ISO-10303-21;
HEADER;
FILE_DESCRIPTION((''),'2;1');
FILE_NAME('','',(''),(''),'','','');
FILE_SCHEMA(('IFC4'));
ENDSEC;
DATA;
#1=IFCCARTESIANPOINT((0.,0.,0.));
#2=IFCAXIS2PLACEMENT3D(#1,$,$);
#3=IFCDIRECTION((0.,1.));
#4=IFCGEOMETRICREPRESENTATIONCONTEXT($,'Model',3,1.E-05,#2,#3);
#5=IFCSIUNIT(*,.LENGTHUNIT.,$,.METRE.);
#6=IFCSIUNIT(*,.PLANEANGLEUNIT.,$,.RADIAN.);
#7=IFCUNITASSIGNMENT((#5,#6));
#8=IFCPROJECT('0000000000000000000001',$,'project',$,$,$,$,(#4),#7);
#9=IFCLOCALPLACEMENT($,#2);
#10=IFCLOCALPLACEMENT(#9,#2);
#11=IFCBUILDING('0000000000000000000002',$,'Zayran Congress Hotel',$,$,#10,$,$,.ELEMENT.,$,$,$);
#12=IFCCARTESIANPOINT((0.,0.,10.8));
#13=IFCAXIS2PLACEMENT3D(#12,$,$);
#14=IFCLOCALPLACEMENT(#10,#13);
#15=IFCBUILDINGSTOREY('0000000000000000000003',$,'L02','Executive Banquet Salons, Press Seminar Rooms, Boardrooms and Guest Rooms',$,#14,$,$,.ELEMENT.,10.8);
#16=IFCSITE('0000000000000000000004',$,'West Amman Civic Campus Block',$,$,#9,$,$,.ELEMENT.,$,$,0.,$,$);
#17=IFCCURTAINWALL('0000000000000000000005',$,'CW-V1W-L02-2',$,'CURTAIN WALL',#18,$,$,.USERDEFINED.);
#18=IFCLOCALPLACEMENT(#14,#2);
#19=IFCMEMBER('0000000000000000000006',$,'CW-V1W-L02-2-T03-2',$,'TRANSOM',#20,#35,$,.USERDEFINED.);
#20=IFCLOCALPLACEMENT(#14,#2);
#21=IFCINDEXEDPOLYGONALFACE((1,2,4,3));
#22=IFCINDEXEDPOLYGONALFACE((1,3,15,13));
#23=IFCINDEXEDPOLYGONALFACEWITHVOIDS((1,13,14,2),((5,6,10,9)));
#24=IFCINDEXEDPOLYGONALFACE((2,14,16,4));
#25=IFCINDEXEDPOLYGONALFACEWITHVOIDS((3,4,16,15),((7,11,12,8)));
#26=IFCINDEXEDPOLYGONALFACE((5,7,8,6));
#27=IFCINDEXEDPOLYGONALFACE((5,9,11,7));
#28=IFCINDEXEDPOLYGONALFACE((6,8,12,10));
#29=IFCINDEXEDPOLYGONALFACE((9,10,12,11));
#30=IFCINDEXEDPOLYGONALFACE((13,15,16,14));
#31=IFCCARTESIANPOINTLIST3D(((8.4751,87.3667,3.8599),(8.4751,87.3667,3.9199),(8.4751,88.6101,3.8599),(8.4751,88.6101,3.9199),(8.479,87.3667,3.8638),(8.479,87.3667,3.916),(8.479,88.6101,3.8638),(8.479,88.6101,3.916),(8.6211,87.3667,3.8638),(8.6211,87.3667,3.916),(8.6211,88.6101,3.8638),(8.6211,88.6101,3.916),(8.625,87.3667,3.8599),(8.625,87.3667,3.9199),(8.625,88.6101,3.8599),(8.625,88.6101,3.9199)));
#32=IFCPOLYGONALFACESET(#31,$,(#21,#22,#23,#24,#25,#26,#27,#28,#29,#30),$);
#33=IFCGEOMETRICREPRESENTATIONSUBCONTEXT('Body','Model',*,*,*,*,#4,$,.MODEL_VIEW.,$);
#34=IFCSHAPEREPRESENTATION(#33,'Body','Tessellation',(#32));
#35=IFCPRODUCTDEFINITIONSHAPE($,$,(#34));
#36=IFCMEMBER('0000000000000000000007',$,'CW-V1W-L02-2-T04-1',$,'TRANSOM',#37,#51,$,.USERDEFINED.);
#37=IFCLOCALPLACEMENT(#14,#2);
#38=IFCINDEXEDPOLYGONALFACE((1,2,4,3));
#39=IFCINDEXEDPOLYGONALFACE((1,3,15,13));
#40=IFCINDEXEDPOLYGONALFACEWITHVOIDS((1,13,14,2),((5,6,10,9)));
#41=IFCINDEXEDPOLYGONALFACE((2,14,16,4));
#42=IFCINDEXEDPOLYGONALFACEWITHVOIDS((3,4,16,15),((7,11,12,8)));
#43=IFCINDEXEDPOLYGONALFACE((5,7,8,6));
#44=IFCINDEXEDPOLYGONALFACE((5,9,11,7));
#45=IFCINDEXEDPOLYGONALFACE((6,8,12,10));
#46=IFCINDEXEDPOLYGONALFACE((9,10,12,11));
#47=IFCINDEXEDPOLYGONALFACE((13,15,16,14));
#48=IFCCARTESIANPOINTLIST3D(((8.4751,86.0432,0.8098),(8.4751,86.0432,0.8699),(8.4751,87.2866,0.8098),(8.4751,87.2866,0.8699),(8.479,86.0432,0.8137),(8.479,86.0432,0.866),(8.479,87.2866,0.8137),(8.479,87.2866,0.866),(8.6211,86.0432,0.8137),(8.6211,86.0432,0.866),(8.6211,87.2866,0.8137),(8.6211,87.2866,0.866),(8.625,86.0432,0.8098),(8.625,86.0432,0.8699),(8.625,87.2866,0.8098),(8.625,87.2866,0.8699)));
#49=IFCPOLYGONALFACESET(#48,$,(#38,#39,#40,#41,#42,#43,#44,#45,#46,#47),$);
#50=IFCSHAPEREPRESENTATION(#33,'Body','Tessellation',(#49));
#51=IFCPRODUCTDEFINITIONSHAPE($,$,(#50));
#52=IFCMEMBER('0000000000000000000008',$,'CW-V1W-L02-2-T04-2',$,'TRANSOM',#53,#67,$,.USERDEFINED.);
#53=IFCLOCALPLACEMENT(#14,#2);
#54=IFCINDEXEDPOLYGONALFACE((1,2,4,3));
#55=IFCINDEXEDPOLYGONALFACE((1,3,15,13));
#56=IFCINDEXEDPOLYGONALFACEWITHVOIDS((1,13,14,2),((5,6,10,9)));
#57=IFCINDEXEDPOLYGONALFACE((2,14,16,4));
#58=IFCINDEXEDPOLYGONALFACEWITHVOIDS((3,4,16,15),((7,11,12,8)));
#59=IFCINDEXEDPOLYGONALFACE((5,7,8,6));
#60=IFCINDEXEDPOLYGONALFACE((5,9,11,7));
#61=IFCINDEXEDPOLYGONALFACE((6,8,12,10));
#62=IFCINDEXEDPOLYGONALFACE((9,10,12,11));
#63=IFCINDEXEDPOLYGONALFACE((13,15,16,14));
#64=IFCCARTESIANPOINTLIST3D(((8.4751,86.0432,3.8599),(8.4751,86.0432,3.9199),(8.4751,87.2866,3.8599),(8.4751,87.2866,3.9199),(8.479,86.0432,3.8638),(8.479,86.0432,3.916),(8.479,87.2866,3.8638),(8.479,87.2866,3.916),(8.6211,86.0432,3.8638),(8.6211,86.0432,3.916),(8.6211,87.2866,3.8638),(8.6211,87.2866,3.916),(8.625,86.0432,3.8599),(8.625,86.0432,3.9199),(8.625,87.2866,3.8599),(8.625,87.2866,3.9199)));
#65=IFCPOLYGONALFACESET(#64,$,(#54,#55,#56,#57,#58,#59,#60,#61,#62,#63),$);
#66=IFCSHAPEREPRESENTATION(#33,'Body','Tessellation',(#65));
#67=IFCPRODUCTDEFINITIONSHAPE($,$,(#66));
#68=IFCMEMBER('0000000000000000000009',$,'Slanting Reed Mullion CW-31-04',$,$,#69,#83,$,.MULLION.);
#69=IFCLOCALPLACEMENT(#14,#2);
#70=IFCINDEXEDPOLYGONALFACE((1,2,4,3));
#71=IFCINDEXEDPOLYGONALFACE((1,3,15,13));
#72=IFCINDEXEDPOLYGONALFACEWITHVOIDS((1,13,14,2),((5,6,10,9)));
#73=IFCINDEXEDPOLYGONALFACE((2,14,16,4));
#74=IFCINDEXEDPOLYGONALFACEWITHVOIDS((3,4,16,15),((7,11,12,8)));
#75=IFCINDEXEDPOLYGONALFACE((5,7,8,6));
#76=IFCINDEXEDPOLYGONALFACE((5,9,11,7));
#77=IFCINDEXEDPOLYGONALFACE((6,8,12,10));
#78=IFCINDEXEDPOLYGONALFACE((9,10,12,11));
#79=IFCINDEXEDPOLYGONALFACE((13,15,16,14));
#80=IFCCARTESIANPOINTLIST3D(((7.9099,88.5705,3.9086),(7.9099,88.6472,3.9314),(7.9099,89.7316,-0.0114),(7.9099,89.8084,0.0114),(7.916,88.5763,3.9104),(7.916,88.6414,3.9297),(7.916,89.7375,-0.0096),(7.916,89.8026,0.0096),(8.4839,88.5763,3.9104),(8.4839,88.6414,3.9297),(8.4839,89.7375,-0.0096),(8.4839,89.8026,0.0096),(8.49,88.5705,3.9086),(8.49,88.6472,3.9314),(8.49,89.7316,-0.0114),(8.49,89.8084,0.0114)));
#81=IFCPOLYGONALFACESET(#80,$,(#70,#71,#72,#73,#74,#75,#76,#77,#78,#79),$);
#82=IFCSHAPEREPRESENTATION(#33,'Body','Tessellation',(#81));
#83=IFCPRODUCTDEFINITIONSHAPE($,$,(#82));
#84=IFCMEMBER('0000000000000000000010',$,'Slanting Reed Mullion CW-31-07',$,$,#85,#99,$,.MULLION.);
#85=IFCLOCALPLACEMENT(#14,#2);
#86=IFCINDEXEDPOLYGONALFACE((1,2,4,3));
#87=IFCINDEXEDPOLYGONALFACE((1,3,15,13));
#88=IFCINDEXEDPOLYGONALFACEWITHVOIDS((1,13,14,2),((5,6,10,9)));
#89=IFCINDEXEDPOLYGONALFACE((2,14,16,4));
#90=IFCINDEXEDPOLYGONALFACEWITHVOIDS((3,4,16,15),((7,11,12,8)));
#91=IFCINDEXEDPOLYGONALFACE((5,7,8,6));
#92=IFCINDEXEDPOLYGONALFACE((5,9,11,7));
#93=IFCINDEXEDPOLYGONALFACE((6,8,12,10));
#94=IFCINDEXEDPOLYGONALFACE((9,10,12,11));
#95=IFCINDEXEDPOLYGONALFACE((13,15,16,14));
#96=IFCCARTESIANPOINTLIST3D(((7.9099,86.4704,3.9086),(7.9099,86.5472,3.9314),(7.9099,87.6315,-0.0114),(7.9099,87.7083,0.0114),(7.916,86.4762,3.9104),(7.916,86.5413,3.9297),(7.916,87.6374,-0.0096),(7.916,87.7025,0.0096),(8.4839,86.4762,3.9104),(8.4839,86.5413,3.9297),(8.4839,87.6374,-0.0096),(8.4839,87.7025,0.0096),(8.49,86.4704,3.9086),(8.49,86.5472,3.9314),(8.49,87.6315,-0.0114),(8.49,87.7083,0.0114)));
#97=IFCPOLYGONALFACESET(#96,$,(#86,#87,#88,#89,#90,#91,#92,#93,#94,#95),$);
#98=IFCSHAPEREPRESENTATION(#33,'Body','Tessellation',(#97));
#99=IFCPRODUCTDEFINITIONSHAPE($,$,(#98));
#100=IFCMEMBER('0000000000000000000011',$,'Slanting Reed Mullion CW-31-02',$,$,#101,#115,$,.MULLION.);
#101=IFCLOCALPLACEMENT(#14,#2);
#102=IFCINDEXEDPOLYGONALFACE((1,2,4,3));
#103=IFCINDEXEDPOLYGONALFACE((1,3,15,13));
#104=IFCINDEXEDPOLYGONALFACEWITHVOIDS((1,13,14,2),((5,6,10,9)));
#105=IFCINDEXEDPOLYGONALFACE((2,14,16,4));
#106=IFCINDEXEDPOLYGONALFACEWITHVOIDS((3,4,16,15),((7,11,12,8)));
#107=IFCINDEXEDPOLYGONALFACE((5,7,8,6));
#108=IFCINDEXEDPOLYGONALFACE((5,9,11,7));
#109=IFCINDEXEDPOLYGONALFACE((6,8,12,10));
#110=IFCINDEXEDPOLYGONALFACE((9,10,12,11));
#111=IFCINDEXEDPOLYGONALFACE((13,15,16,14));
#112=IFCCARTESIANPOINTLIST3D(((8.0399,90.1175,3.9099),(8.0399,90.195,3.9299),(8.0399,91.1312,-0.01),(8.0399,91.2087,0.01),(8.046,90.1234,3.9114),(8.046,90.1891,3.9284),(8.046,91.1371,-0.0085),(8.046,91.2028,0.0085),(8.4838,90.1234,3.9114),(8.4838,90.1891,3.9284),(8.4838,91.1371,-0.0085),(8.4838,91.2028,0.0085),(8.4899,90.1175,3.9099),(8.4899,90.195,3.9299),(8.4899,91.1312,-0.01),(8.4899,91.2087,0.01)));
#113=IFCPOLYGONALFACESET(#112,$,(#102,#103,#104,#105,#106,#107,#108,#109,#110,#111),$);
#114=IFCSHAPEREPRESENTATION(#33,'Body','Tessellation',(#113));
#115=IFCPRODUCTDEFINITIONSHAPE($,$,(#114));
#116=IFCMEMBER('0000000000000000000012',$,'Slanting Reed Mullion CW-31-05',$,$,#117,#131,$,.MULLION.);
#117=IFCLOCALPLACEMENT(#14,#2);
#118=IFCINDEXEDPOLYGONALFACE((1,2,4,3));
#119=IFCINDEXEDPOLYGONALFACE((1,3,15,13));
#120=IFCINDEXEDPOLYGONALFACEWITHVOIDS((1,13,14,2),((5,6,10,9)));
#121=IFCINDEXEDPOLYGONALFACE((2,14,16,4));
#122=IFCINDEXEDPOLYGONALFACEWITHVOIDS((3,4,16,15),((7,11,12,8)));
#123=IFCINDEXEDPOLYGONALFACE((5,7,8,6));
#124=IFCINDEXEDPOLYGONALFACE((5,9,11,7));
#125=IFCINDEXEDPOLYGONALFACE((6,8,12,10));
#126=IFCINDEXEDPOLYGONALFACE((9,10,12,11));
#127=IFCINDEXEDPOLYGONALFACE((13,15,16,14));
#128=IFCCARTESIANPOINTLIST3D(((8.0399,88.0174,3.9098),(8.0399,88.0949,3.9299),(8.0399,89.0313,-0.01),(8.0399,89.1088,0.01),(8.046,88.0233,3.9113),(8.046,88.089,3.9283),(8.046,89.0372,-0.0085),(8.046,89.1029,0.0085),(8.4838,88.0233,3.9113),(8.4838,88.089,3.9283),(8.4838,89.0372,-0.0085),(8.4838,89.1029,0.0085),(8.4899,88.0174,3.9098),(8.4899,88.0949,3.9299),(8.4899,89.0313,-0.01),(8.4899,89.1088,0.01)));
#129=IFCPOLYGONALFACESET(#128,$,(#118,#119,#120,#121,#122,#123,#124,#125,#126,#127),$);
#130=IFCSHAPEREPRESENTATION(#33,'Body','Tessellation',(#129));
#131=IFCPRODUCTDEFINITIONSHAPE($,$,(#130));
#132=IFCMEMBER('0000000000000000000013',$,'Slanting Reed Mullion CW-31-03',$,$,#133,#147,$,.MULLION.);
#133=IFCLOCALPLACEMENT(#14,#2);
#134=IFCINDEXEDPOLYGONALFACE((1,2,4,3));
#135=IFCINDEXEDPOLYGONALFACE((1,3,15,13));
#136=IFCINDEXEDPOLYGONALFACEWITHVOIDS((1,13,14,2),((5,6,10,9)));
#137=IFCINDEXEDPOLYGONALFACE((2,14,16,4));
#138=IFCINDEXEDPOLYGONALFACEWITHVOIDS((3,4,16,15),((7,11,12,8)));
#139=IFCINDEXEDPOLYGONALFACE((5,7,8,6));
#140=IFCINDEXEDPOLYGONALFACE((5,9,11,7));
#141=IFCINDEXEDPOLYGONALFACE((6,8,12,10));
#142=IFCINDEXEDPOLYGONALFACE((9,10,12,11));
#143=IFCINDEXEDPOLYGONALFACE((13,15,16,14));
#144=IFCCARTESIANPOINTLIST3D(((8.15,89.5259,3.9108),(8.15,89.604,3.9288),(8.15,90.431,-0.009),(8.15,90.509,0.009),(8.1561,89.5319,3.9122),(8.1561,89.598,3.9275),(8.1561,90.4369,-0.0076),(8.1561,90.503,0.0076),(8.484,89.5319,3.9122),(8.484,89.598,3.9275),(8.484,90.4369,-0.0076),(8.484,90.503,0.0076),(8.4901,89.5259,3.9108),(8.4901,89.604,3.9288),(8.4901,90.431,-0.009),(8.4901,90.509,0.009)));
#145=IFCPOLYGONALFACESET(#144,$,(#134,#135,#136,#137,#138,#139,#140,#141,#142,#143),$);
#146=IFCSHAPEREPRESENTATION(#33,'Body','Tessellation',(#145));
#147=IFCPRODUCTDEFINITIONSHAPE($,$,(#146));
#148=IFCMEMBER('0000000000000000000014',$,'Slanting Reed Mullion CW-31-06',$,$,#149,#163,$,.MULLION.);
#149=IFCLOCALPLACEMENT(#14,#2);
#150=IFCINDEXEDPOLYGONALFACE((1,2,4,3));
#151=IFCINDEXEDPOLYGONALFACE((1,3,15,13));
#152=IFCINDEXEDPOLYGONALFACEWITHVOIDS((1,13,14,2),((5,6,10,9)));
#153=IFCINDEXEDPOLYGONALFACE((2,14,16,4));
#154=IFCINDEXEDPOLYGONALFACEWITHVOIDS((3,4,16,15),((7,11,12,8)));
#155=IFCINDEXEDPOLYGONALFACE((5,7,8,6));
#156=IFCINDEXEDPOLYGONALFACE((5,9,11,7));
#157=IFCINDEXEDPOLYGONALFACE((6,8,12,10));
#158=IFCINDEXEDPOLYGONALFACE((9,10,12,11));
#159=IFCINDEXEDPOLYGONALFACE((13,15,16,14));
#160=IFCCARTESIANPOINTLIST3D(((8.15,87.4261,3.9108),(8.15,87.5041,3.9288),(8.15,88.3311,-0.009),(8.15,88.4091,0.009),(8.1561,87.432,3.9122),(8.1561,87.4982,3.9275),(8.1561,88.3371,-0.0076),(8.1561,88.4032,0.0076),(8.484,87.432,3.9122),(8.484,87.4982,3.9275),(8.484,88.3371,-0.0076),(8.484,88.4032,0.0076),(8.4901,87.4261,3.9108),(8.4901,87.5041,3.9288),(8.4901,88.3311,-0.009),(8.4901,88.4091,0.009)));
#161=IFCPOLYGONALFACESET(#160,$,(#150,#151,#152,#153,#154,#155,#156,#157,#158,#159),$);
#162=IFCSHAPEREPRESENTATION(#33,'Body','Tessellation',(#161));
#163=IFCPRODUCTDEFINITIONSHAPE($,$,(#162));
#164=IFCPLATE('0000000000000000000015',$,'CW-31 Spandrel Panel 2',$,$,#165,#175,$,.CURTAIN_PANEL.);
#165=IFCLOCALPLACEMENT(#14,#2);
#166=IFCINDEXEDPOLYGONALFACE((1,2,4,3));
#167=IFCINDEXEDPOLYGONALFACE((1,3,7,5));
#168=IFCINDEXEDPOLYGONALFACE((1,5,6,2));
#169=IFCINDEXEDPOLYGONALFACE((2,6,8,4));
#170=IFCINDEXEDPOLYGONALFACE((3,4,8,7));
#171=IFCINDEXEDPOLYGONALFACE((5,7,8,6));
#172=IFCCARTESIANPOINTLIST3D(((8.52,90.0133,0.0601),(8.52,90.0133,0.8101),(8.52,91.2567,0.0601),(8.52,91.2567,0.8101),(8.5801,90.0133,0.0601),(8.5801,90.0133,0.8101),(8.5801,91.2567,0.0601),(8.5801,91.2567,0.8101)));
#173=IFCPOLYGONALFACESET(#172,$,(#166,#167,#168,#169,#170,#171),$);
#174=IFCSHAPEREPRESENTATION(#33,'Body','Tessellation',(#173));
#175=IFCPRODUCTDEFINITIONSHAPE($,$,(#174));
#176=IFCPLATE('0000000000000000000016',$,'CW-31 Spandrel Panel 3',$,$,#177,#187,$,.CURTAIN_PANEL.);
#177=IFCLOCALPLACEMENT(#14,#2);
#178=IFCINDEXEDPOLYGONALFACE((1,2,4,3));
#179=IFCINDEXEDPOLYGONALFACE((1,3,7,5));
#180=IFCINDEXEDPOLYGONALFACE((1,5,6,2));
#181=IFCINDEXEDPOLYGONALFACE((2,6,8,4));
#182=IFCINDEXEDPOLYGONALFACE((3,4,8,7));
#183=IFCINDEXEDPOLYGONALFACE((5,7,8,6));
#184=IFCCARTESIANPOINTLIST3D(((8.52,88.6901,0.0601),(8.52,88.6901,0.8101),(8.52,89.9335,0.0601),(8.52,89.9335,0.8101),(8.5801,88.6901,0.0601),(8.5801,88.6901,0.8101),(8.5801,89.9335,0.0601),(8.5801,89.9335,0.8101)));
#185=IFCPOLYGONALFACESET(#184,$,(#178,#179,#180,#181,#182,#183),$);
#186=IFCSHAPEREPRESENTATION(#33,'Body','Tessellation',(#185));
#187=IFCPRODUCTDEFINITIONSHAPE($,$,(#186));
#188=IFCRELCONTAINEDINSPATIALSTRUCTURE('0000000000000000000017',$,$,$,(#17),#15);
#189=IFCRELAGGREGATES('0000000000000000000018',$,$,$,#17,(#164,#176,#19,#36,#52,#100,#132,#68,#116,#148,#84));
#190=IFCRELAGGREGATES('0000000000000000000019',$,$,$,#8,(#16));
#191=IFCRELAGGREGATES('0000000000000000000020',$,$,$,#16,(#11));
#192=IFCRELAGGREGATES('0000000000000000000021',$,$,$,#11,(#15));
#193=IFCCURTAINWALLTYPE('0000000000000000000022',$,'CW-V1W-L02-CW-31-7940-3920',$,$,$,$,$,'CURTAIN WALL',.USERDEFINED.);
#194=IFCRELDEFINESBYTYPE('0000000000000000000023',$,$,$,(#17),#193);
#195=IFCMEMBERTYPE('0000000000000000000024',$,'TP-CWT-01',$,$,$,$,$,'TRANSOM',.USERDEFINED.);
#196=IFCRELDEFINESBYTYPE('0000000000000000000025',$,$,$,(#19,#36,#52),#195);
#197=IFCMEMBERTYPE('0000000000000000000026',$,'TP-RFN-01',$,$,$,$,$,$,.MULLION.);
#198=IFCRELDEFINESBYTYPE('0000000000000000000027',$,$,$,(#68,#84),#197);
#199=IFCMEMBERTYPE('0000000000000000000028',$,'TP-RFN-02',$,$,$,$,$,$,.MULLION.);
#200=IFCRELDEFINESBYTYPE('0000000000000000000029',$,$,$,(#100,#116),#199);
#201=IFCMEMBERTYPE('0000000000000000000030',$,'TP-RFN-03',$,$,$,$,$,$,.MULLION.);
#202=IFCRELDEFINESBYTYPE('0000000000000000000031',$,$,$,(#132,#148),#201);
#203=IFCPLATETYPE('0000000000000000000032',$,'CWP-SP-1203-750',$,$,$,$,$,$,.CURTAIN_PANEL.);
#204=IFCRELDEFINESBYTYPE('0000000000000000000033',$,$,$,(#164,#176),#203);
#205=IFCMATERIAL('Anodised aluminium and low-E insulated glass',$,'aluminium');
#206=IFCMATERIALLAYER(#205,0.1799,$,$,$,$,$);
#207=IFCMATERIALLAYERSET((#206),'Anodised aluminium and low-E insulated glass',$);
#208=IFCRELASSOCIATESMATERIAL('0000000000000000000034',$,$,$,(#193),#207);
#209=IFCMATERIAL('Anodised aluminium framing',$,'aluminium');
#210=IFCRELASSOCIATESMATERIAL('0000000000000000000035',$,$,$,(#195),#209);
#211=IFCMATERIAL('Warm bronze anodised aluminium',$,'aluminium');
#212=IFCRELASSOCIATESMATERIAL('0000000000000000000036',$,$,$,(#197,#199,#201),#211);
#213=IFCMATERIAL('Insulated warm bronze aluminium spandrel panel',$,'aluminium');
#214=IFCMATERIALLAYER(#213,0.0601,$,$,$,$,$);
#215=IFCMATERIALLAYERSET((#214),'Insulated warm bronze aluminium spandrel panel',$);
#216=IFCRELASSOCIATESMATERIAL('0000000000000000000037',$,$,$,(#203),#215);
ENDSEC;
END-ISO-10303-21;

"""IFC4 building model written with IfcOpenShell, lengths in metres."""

from ifc_helpers import new_model, si_unit, direction, frame, origin, origin_2d, place, context, subcontext, project, spatial, rectangle, hollow_rectangle, extrude, material, layer, layer_set, material_profile, profile_set, type_object, element, aggregate, save


model = new_model("IFC4")

# Units and contexts
model_context = context("Model", 3, precision=1e-05, world=origin(), true_north=direction((0.0, 1.0)))
body_context = subcontext(model_context, "Body", "Model", "MODEL_VIEW")
ifc_project = project(units=[si_unit("LENGTHUNIT", "METRE"), si_unit("PLANEANGLEUNIT", "RADIAN")], contexts=[model_context])

# Site, building, storey
site_placement = place(None, origin())
site = spatial("IfcSite", under=ifc_project, at=site_placement, Name="West Amman Civic Campus Block", CompositionType="ELEMENT", RefElevation=0.0)
building_placement = place(site_placement, origin())
building = spatial("IfcBuilding", under=site, at=building_placement, Name="Zayran Congress Hotel", CompositionType="ELEMENT")
storey_placement = place(building_placement, frame((0.0, 0.0, 10.8)))
storey = spatial("IfcBuildingStorey", under=building, at=storey_placement, Name="L02", Description="Executive Banquet Salons, Press Seminar Rooms, Boardrooms and Guest Rooms", CompositionType="ELEMENT", Elevation=10.8)

# Curtain wall, members, plates
ifc_material_1 = material(Name="Anodised aluminium and low-E insulated glass", Category="aluminium")
ifc_layer_1 = layer(ifc_material_1, 0.1799)
ifc_layer_set_1 = layer_set([ifc_layer_1], Name="Anodised aluminium and low-E insulated glass")
curtain_wall_type = type_object("IfcCurtainWallType", Name="CW-V1W-L02-CW-31-7940-3920", ElementType="CURTAIN WALL", PredefinedType="USERDEFINED", material=ifc_layer_set_1)
curtain_wall_placement = place(storey_placement, origin())
curtain_wall = element("IfcCurtainWall", 1, at=curtain_wall_placement, inside=storey, type_object=curtain_wall_type, Name="CW-V1W-L02-2", ObjectType="CURTAIN WALL", PredefinedType="USERDEFINED")
ifc_material_2 = material(Name="Anodised aluminium framing", Category="aluminium")
ifc_material_profile_1 = material_profile(ifc_material_2, hollow_rectangle(XDim=0.0601, YDim=0.1499, WallThickness=0.0039, at=origin_2d()), Name="RHS 150x60x4")
ifc_profile_set_1 = profile_set([ifc_material_profile_1], Name="Anodised aluminium framing")
member_type_1 = type_object("IfcMemberType", Name="TP-CWT-01", ElementType="TRANSOM", PredefinedType="USERDEFINED", material=ifc_profile_set_1)
member_1_placement = place(storey_placement, frame((8.55, 88.6101, 3.8899), z_axis=(0.0, -1.0, 0.0), x_axis=(0.0, 0.0, 1.0)))
member_1 = element("IfcMember", 2, at=member_1_placement, type_object=member_type_1, Name="CW-V1W-L02-2-T03-2", ObjectType="TRANSOM", PredefinedType="USERDEFINED", context=body_context, shape_type="SweptSolid", body=[
    extrude(hollow_rectangle(XDim=0.0601, YDim=0.1499, WallThickness=0.0039, at=origin_2d()), origin(), (0.0, 0.0, 1.0), 1.2434),
])
member_2_placement = place(storey_placement, frame((8.55, 87.2866, 0.8398), z_axis=(0.0, -1.0, 0.0), x_axis=(0.0, 0.0, 1.0)))
member_2 = element("IfcMember", 3, at=member_2_placement, type_object=member_type_1, Name="CW-V1W-L02-2-T04-1", ObjectType="TRANSOM", PredefinedType="USERDEFINED", context=body_context, shape_type="SweptSolid", body=[
    extrude(hollow_rectangle(XDim=0.0601, YDim=0.1499, WallThickness=0.0039, at=origin_2d()), origin(), (0.0, 0.0, 1.0), 1.2434),
])
member_3_placement = place(storey_placement, frame((8.55, 87.2866, 3.8899), z_axis=(0.0, -1.0, 0.0), x_axis=(0.0, 0.0, 1.0)))
member_3 = element("IfcMember", 4, at=member_3_placement, type_object=member_type_1, Name="CW-V1W-L02-2-T04-2", ObjectType="TRANSOM", PredefinedType="USERDEFINED", context=body_context, shape_type="SweptSolid", body=[
    extrude(hollow_rectangle(XDim=0.0601, YDim=0.1499, WallThickness=0.0039, at=origin_2d()), origin(), (0.0, 0.0, 1.0), 1.2434),
])
ifc_material_3 = material(Name="Warm bronze anodised aluminium", Category="aluminium")
ifc_material_profile_2 = material_profile(ifc_material_3, hollow_rectangle(XDim=0.0801, YDim=0.5801, WallThickness=0.0061, at=origin_2d()), Name="RHS 580x80x6")
ifc_profile_set_2 = profile_set([ifc_material_profile_2], Name="Warm bronze anodised aluminium")
member_type_2 = type_object("IfcMemberType", Name="TP-RFN-01", PredefinedType="MULLION", material=ifc_profile_set_2)
member_4_placement = place(storey_placement, frame((8.2, 89.77, 0.0), z_axis=(0.0, -0.284015, 0.95882), x_axis=(0.0, 0.95882, 0.284015)))
member_4 = element("IfcMember", 5, at=member_4_placement, type_object=member_type_2, Name="Slanting Reed Mullion CW-31-04", PredefinedType="MULLION", context=body_context, shape_type="SweptSolid", body=[
    extrude(hollow_rectangle(XDim=0.0801, YDim=0.5801, WallThickness=0.0061, at=origin_2d()), origin(), (0.0, 0.0, 1.0), 4.0884),
])
member_5_placement = place(storey_placement, frame((8.2, 87.6699, 0.0), z_axis=(0.0, -0.284015, 0.95882), x_axis=(0.0, 0.95882, 0.284015)))
member_5 = element("IfcMember", 6, at=member_5_placement, type_object=member_type_2, Name="Slanting Reed Mullion CW-31-07", PredefinedType="MULLION", context=body_context, shape_type="SweptSolid", body=[
    extrude(hollow_rectangle(XDim=0.0801, YDim=0.5801, WallThickness=0.0061, at=origin_2d()), origin(), (0.0, 0.0, 1.0), 4.0884),
])
ifc_material_profile_3 = material_profile(ifc_material_3, hollow_rectangle(XDim=0.0801, YDim=0.45, WallThickness=0.0061, at=origin_2d()), Name="RHS 450x80x6")
ifc_profile_set_3 = profile_set([ifc_material_profile_3], Name="Warm bronze anodised aluminium")
member_type_3 = type_object("IfcMemberType", Name="TP-RFN-02", PredefinedType="MULLION", material=ifc_profile_set_3)
member_6_placement = place(storey_placement, frame((8.2649, 91.1699, 0.0), z_axis=(0.0, -0.250359, 0.968153), x_axis=(0.0, 0.968153, 0.250359)))
member_6 = element("IfcMember", 7, at=member_6_placement, type_object=member_type_3, Name="Slanting Reed Mullion CW-31-02", PredefinedType="MULLION", context=body_context, shape_type="SweptSolid", body=[
    extrude(hollow_rectangle(XDim=0.0801, YDim=0.45, WallThickness=0.0061, at=origin_2d()), origin(), (0.0, 0.0, 1.0), 4.0488),
])
member_7_placement = place(storey_placement, frame((8.2649, 89.0701, 0.0), z_axis=(0.0, -0.250416, 0.968138), x_axis=(0.0, 0.968138, 0.250416)))
member_7 = element("IfcMember", 8, at=member_7_placement, type_object=member_type_3, Name="Slanting Reed Mullion CW-31-05", PredefinedType="MULLION", context=body_context, shape_type="SweptSolid", body=[
    extrude(hollow_rectangle(XDim=0.0801, YDim=0.45, WallThickness=0.0061, at=origin_2d()), origin(), (0.0, 0.0, 1.0), 4.0488),
])
ifc_material_profile_4 = material_profile(ifc_material_3, hollow_rectangle(XDim=0.0801, YDim=0.3401, WallThickness=0.0061, at=origin_2d()), Name="RHS 340x80x6")
ifc_profile_set_4 = profile_set([ifc_material_profile_4], Name="Warm bronze anodised aluminium")
member_type_4 = type_object("IfcMemberType", Name="TP-RFN-03", PredefinedType="MULLION", material=ifc_profile_set_4)
member_8_placement = place(storey_placement, frame((8.3201, 90.47, 0.0), z_axis=(0.0, -0.224961, 0.974368), x_axis=(0.0, 0.974368, 0.224961)))
member_8 = element("IfcMember", 9, at=member_8_placement, type_object=member_type_4, Name="Slanting Reed Mullion CW-31-03", PredefinedType="MULLION", context=body_context, shape_type="SweptSolid", body=[
    extrude(hollow_rectangle(XDim=0.0801, YDim=0.3401, WallThickness=0.0061, at=origin_2d()), origin(), (0.0, 0.0, 1.0), 4.0229),
])
member_9_placement = place(storey_placement, frame((8.3201, 88.3701, 0.0), z_axis=(0.0, -0.224961, 0.974368), x_axis=(0.0, 0.974368, 0.224961)))
member_9 = element("IfcMember", 10, at=member_9_placement, type_object=member_type_4, Name="Slanting Reed Mullion CW-31-06", PredefinedType="MULLION", context=body_context, shape_type="SweptSolid", body=[
    extrude(hollow_rectangle(XDim=0.0801, YDim=0.3401, WallThickness=0.0061, at=origin_2d()), origin(), (0.0, 0.0, 1.0), 4.0229),
])
ifc_material_4 = material(Name="Insulated warm bronze aluminium spandrel panel", Category="aluminium")
ifc_layer_2 = layer(ifc_material_4, 0.0601)
ifc_layer_set_2 = layer_set([ifc_layer_2], Name="Insulated warm bronze aluminium spandrel panel")
plate_type_1 = type_object("IfcPlateType", Name="CWP-SP-1203-750", PredefinedType="CURTAIN_PANEL", material=ifc_layer_set_2)
plate_1_placement = place(storey_placement, frame((8.55, 90.635, 0.0601), z_axis=(0.0, 0.0, 1.0), x_axis=(0.0, 1.0, 0.0)))
plate_1 = element("IfcPlate", 11, at=plate_1_placement, type_object=plate_type_1, Name="CW-31 Spandrel Panel 2", PredefinedType="CURTAIN_PANEL", context=body_context, shape_type="SweptSolid", body=[
    extrude(rectangle(XDim=1.2434, YDim=0.0601, at=origin_2d()), origin(), (0.0, 0.0, 1.0), 0.75),
])
plate_2_placement = place(storey_placement, frame((8.55, 89.3118, 0.0601), z_axis=(0.0, 0.0, 1.0), x_axis=(0.0, 1.0, 0.0)))
plate_2 = element("IfcPlate", 12, at=plate_2_placement, type_object=plate_type_1, Name="CW-31 Spandrel Panel 3", PredefinedType="CURTAIN_PANEL", context=body_context, shape_type="SweptSolid", body=[
    extrude(rectangle(XDim=1.2434, YDim=0.0601, at=origin_2d()), origin(), (0.0, 0.0, 1.0), 0.75),
])
aggregate(curtain_wall, [plate_1, plate_2, member_1, member_2, member_3, member_6, member_8, member_4, member_7, member_9, member_5])

save(model, "model.ifc")
